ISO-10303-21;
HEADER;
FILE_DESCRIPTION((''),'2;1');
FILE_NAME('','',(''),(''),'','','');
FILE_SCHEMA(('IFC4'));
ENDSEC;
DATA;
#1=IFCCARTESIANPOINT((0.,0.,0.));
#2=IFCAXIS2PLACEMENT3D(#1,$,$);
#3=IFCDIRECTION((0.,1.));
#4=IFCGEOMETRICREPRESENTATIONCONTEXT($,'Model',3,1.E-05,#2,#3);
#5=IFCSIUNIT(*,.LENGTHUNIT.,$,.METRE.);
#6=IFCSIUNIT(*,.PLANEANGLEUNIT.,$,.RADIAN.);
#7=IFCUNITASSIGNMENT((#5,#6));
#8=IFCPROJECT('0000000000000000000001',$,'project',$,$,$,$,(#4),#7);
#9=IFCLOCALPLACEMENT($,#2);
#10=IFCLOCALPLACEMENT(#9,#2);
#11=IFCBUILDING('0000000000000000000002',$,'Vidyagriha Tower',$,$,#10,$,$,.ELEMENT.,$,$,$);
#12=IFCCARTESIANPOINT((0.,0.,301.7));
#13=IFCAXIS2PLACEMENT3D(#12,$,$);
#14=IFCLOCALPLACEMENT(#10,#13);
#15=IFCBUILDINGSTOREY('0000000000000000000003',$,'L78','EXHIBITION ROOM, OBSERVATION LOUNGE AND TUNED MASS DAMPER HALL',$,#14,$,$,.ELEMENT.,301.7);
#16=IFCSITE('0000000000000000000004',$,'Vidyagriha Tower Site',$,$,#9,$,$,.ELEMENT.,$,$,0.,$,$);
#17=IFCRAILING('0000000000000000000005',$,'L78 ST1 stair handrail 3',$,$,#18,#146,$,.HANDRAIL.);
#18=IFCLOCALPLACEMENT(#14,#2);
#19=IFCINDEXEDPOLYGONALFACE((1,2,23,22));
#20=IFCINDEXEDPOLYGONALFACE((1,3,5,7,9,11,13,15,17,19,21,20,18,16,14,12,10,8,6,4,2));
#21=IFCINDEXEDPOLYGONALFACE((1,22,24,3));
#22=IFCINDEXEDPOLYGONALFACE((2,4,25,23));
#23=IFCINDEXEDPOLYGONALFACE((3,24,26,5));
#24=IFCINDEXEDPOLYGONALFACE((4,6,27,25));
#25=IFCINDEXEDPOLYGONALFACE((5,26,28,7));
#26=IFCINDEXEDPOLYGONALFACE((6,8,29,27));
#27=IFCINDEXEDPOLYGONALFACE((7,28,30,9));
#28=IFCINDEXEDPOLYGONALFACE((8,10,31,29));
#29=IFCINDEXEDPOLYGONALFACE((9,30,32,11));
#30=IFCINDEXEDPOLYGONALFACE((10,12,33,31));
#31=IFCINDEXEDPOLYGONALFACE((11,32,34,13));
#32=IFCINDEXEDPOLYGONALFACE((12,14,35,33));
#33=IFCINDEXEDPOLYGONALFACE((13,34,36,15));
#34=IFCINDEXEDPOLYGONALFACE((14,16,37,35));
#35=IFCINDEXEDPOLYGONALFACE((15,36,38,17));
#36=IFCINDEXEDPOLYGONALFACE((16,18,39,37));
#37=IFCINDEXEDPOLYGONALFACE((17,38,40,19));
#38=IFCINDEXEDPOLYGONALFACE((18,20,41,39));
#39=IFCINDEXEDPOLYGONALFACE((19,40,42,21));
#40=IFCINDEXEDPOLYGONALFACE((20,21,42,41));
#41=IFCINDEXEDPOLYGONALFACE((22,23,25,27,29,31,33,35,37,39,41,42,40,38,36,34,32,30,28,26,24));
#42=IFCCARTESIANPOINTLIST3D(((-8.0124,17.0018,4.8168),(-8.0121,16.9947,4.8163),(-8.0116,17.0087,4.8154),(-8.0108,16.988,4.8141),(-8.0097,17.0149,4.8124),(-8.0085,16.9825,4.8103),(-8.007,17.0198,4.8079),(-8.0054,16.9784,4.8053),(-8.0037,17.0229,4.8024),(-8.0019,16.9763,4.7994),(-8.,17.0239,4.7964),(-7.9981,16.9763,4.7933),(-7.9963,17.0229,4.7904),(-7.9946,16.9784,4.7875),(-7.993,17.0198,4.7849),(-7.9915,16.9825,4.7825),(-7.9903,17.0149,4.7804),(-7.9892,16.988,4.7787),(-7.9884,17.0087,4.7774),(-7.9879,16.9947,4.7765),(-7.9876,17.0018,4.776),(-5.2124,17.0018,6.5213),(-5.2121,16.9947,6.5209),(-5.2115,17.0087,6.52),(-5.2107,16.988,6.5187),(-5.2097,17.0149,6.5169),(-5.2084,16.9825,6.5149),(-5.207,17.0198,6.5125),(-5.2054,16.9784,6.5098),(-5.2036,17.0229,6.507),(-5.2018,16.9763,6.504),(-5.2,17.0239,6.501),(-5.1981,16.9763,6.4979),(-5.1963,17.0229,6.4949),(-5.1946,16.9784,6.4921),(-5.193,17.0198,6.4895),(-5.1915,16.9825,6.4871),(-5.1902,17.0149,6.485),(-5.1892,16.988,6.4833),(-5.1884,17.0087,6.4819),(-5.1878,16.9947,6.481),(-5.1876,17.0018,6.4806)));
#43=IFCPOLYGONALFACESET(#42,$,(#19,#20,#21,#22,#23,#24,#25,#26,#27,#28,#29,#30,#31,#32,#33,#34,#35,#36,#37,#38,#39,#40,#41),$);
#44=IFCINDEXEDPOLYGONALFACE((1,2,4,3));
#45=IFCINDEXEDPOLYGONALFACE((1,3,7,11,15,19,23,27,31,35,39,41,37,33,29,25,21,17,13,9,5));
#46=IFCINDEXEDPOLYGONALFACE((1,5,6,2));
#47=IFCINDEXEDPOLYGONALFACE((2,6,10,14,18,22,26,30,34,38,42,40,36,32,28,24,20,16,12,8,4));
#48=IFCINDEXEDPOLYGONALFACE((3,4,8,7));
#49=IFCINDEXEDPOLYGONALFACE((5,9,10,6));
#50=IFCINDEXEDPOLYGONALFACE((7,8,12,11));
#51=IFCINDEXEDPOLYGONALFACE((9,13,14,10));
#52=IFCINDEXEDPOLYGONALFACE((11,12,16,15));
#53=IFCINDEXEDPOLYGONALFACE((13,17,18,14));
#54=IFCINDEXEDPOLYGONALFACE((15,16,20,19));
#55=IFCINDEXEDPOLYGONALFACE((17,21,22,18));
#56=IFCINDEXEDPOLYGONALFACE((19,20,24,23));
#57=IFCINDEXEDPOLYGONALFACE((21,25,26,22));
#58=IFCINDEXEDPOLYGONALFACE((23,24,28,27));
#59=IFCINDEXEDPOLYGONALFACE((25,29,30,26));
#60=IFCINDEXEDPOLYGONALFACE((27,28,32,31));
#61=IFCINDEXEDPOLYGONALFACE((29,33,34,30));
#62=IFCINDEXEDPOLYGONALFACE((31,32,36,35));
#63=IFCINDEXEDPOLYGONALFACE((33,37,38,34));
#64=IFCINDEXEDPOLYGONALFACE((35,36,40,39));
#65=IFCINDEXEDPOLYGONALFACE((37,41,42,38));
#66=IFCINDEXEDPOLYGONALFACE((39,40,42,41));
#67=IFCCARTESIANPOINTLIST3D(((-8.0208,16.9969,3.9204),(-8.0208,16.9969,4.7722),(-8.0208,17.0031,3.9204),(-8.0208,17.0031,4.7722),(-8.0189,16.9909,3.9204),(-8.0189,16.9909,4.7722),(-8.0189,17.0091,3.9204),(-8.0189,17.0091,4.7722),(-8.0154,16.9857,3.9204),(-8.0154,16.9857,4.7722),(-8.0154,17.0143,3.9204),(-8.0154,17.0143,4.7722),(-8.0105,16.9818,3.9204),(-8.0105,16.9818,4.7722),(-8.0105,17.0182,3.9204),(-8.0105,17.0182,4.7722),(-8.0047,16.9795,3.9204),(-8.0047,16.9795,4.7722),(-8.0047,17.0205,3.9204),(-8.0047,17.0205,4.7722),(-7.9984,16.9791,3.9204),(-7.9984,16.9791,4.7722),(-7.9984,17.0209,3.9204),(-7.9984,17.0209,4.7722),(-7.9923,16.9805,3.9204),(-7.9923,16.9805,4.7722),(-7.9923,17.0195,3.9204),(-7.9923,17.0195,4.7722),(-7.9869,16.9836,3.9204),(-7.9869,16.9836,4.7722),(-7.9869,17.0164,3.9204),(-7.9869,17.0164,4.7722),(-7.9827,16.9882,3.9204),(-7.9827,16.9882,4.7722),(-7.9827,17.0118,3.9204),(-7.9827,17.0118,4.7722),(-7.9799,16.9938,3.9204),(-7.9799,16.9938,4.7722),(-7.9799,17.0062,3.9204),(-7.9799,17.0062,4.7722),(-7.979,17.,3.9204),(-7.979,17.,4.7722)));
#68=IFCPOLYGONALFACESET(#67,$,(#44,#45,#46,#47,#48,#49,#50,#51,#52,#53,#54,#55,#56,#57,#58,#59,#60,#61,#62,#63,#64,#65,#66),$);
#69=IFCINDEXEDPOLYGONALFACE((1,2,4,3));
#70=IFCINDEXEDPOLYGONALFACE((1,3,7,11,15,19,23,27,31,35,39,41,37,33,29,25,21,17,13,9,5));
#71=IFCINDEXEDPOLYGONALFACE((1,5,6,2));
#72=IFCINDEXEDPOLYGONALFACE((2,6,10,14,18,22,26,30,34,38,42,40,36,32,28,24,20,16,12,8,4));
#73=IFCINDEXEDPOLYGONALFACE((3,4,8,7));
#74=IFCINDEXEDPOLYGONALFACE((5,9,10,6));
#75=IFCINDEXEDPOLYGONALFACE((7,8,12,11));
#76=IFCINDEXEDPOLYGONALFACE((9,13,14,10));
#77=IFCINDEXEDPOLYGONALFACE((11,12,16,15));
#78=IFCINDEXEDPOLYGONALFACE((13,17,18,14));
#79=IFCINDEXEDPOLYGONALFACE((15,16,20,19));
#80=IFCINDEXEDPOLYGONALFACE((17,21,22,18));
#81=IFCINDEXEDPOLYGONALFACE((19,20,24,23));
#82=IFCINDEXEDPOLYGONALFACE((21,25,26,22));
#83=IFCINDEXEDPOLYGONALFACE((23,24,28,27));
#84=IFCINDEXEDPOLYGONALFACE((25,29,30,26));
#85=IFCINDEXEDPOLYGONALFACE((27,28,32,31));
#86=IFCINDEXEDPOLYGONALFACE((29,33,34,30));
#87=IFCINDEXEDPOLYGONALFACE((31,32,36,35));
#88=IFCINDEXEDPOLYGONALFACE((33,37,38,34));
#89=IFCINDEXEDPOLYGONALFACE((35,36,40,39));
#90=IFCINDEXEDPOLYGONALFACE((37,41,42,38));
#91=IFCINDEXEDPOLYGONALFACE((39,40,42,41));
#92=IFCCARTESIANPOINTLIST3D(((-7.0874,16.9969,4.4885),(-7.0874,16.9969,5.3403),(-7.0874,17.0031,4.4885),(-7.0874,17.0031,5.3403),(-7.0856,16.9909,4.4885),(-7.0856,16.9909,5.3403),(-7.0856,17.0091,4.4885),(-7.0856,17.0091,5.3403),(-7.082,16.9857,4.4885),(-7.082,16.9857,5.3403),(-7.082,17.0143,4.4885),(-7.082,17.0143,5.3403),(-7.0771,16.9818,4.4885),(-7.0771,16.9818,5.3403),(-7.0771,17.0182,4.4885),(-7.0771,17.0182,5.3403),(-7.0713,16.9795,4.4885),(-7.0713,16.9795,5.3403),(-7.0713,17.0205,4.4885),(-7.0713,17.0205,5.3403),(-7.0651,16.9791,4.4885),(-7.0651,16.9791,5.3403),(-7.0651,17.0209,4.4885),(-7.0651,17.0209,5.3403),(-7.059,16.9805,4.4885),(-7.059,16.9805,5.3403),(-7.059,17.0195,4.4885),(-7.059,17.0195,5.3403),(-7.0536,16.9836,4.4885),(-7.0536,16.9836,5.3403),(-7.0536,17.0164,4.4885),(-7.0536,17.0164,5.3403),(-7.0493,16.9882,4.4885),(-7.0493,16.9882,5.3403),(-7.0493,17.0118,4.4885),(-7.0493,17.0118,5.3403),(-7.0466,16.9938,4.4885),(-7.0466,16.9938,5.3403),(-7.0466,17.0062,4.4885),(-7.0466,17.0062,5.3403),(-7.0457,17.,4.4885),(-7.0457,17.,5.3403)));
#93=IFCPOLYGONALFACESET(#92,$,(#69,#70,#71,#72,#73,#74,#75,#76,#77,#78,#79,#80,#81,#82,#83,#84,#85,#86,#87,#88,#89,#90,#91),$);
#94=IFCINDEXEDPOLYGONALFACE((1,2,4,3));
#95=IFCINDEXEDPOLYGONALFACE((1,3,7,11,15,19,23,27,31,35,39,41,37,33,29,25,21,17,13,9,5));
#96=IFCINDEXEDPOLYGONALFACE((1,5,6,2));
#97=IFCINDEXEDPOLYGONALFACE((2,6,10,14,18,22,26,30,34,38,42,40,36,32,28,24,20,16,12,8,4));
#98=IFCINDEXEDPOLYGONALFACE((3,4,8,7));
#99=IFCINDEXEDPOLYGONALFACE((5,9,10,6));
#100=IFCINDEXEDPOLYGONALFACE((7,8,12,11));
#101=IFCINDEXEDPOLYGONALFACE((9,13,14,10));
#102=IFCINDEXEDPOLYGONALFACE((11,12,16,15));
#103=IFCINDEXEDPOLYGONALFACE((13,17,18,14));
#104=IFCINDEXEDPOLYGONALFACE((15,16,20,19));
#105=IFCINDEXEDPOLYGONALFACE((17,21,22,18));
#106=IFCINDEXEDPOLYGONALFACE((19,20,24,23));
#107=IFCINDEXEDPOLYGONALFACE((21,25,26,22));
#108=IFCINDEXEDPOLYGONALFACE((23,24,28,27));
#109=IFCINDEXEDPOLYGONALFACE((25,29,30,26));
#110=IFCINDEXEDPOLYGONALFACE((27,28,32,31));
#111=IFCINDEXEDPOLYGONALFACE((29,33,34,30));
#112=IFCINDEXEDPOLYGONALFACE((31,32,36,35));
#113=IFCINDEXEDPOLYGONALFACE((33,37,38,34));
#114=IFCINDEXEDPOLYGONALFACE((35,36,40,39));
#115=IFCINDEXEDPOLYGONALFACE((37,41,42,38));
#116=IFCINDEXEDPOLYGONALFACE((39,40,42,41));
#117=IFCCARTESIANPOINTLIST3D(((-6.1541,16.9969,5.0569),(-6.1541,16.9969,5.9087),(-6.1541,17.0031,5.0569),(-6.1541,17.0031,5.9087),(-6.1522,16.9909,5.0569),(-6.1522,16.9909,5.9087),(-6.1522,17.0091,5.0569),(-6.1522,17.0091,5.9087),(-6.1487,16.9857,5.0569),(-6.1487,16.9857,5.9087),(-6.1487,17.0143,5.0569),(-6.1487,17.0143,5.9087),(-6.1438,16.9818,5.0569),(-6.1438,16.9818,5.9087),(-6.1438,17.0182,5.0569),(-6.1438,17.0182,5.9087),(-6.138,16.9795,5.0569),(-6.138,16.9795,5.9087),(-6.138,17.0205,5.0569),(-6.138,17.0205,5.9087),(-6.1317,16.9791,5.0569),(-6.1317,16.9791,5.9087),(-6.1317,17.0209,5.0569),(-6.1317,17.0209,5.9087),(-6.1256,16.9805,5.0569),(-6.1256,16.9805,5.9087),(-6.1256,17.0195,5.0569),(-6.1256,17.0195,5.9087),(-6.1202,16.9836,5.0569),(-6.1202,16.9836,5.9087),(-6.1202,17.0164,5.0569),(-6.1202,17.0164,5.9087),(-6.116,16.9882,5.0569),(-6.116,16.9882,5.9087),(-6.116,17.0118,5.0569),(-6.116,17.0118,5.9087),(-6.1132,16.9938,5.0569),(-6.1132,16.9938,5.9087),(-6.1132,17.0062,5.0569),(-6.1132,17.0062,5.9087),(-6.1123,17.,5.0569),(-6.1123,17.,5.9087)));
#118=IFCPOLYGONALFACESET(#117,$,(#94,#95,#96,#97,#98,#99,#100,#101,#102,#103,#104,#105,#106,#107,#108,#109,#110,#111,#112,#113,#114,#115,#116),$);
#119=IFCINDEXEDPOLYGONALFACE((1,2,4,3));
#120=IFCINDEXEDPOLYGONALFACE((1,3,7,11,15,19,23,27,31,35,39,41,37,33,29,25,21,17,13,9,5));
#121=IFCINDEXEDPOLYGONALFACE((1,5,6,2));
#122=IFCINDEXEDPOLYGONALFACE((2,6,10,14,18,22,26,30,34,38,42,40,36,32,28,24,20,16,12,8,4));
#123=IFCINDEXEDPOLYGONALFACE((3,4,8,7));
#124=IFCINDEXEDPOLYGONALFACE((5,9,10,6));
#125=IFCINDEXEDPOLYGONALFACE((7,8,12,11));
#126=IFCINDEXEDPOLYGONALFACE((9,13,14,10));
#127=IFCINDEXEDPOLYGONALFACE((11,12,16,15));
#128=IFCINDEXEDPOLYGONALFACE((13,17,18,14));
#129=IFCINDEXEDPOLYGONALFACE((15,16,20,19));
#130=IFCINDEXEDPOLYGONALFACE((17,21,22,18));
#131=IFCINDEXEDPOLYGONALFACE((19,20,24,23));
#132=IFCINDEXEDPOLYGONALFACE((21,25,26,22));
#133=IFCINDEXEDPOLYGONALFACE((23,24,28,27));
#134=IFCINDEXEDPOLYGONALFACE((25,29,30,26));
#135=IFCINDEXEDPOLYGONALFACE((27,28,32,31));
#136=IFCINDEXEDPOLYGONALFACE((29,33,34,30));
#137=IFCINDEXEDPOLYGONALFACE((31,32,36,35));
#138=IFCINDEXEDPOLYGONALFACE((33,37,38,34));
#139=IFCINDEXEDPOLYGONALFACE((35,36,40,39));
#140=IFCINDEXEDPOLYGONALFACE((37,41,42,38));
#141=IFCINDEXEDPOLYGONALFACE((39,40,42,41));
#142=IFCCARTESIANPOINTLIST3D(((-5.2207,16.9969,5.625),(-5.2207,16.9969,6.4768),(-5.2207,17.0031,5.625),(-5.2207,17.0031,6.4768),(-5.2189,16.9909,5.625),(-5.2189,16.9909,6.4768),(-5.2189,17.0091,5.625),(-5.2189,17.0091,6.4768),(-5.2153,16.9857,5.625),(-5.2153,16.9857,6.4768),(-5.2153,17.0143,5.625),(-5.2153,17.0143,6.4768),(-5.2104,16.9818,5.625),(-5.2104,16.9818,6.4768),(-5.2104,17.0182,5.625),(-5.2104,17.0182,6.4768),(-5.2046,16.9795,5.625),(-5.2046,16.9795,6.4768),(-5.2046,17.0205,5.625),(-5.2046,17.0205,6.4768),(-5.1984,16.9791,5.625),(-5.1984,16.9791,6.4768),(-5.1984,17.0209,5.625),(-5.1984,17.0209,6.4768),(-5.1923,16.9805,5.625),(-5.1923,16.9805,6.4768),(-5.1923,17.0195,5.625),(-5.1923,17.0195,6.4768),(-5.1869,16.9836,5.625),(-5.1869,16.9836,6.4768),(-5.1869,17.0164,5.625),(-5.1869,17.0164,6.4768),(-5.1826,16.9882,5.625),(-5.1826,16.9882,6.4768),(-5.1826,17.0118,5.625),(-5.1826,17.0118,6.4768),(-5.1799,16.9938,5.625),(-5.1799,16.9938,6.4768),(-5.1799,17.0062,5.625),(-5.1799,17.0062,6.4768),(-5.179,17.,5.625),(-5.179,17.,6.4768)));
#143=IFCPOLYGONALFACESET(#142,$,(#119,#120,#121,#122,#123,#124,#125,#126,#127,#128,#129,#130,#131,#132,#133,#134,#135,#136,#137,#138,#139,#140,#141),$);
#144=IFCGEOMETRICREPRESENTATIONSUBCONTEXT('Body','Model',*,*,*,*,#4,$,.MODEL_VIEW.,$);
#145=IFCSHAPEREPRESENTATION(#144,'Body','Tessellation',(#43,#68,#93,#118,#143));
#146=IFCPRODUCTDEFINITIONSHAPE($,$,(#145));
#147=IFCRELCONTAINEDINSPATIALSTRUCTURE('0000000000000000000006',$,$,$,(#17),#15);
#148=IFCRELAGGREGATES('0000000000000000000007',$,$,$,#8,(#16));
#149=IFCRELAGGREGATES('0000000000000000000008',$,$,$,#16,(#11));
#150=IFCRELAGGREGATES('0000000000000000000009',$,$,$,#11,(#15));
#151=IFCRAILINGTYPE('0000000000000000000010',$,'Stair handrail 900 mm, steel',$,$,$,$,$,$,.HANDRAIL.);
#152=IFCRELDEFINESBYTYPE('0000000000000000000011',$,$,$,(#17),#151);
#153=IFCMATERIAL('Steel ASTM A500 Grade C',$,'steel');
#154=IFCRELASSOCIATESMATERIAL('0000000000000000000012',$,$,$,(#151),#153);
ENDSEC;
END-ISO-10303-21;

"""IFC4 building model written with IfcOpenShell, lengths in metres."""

from ifc_helpers import new_model, si_unit, direction, frame, origin, origin_2d, place, context, subcontext, project, spatial, circle, extrude, material, type_object, element, save


model = new_model("IFC4")

# Units and contexts
model_context = context("Model", 3, precision=1e-05, world=origin(), true_north=direction((0.0, 1.0)))
body_context = subcontext(model_context, "Body", "Model", "MODEL_VIEW")
ifc_project = project(units=[si_unit("LENGTHUNIT", "METRE"), si_unit("PLANEANGLEUNIT", "RADIAN")], contexts=[model_context])

# Site, building, storey
site_placement = place(None, origin())
site = spatial("IfcSite", under=ifc_project, at=site_placement, Name="Vidyagriha Tower Site", CompositionType="ELEMENT", RefElevation=0.0)
building_placement = place(site_placement, origin())
building = spatial("IfcBuilding", under=site, at=building_placement, Name="Vidyagriha Tower", CompositionType="ELEMENT")
storey_placement = place(building_placement, frame((0.0, 0.0, 301.7)))
storey = spatial("IfcBuildingStorey", under=building, at=storey_placement, Name="L78", Description="EXHIBITION ROOM, OBSERVATION LOUNGE AND TUNED MASS DAMPER HALL", CompositionType="ELEMENT", Elevation=301.7)

# Railing
ifc_material_1 = material(Name="Steel ASTM A500 Grade C", Category="steel")
railing_type_1 = type_object("IfcRailingType", Name="Stair handrail 900 mm, steel", PredefinedType="HANDRAIL", material=ifc_material_1)
for number, where, name in (
    (1, (-8.0, 17.0, 3.9204), "L78 ST1 stair handrail 3"),
):
    element("IfcRailing", number, at=place(storey_placement, frame(where)), inside=storey, type_object=railing_type_1, Name=name, PredefinedType="HANDRAIL", context=body_context, shape_type="SweptSolid", body=[
        extrude(circle(Radius=0.0239, at=origin_2d()), frame((0.0, 0.0, 0.876), z_axis=(0.85417, 0.0, 0.519994), x_axis=(0.0, 1.0, 0.0)), (0.0, 0.0, 1.0), 3.2781),
        extrude(circle(Radius=0.021, at=origin_2d()), origin(), (0.0, 0.0, 1.0), 0.8518),
        extrude(circle(Radius=0.021, at=origin_2d()), frame((0.9333, 0.0, 0.5681)), (0.0, 0.0, 1.0), 0.8518),
        extrude(circle(Radius=0.021, at=origin_2d()), frame((1.8667, 0.0, 1.1365)), (0.0, 0.0, 1.0), 0.8518),
        extrude(circle(Radius=0.021, at=origin_2d()), frame((2.8, 0.0, 1.7046)), (0.0, 0.0, 1.0), 0.8518),
    ])

save(model, "model.ifc")
